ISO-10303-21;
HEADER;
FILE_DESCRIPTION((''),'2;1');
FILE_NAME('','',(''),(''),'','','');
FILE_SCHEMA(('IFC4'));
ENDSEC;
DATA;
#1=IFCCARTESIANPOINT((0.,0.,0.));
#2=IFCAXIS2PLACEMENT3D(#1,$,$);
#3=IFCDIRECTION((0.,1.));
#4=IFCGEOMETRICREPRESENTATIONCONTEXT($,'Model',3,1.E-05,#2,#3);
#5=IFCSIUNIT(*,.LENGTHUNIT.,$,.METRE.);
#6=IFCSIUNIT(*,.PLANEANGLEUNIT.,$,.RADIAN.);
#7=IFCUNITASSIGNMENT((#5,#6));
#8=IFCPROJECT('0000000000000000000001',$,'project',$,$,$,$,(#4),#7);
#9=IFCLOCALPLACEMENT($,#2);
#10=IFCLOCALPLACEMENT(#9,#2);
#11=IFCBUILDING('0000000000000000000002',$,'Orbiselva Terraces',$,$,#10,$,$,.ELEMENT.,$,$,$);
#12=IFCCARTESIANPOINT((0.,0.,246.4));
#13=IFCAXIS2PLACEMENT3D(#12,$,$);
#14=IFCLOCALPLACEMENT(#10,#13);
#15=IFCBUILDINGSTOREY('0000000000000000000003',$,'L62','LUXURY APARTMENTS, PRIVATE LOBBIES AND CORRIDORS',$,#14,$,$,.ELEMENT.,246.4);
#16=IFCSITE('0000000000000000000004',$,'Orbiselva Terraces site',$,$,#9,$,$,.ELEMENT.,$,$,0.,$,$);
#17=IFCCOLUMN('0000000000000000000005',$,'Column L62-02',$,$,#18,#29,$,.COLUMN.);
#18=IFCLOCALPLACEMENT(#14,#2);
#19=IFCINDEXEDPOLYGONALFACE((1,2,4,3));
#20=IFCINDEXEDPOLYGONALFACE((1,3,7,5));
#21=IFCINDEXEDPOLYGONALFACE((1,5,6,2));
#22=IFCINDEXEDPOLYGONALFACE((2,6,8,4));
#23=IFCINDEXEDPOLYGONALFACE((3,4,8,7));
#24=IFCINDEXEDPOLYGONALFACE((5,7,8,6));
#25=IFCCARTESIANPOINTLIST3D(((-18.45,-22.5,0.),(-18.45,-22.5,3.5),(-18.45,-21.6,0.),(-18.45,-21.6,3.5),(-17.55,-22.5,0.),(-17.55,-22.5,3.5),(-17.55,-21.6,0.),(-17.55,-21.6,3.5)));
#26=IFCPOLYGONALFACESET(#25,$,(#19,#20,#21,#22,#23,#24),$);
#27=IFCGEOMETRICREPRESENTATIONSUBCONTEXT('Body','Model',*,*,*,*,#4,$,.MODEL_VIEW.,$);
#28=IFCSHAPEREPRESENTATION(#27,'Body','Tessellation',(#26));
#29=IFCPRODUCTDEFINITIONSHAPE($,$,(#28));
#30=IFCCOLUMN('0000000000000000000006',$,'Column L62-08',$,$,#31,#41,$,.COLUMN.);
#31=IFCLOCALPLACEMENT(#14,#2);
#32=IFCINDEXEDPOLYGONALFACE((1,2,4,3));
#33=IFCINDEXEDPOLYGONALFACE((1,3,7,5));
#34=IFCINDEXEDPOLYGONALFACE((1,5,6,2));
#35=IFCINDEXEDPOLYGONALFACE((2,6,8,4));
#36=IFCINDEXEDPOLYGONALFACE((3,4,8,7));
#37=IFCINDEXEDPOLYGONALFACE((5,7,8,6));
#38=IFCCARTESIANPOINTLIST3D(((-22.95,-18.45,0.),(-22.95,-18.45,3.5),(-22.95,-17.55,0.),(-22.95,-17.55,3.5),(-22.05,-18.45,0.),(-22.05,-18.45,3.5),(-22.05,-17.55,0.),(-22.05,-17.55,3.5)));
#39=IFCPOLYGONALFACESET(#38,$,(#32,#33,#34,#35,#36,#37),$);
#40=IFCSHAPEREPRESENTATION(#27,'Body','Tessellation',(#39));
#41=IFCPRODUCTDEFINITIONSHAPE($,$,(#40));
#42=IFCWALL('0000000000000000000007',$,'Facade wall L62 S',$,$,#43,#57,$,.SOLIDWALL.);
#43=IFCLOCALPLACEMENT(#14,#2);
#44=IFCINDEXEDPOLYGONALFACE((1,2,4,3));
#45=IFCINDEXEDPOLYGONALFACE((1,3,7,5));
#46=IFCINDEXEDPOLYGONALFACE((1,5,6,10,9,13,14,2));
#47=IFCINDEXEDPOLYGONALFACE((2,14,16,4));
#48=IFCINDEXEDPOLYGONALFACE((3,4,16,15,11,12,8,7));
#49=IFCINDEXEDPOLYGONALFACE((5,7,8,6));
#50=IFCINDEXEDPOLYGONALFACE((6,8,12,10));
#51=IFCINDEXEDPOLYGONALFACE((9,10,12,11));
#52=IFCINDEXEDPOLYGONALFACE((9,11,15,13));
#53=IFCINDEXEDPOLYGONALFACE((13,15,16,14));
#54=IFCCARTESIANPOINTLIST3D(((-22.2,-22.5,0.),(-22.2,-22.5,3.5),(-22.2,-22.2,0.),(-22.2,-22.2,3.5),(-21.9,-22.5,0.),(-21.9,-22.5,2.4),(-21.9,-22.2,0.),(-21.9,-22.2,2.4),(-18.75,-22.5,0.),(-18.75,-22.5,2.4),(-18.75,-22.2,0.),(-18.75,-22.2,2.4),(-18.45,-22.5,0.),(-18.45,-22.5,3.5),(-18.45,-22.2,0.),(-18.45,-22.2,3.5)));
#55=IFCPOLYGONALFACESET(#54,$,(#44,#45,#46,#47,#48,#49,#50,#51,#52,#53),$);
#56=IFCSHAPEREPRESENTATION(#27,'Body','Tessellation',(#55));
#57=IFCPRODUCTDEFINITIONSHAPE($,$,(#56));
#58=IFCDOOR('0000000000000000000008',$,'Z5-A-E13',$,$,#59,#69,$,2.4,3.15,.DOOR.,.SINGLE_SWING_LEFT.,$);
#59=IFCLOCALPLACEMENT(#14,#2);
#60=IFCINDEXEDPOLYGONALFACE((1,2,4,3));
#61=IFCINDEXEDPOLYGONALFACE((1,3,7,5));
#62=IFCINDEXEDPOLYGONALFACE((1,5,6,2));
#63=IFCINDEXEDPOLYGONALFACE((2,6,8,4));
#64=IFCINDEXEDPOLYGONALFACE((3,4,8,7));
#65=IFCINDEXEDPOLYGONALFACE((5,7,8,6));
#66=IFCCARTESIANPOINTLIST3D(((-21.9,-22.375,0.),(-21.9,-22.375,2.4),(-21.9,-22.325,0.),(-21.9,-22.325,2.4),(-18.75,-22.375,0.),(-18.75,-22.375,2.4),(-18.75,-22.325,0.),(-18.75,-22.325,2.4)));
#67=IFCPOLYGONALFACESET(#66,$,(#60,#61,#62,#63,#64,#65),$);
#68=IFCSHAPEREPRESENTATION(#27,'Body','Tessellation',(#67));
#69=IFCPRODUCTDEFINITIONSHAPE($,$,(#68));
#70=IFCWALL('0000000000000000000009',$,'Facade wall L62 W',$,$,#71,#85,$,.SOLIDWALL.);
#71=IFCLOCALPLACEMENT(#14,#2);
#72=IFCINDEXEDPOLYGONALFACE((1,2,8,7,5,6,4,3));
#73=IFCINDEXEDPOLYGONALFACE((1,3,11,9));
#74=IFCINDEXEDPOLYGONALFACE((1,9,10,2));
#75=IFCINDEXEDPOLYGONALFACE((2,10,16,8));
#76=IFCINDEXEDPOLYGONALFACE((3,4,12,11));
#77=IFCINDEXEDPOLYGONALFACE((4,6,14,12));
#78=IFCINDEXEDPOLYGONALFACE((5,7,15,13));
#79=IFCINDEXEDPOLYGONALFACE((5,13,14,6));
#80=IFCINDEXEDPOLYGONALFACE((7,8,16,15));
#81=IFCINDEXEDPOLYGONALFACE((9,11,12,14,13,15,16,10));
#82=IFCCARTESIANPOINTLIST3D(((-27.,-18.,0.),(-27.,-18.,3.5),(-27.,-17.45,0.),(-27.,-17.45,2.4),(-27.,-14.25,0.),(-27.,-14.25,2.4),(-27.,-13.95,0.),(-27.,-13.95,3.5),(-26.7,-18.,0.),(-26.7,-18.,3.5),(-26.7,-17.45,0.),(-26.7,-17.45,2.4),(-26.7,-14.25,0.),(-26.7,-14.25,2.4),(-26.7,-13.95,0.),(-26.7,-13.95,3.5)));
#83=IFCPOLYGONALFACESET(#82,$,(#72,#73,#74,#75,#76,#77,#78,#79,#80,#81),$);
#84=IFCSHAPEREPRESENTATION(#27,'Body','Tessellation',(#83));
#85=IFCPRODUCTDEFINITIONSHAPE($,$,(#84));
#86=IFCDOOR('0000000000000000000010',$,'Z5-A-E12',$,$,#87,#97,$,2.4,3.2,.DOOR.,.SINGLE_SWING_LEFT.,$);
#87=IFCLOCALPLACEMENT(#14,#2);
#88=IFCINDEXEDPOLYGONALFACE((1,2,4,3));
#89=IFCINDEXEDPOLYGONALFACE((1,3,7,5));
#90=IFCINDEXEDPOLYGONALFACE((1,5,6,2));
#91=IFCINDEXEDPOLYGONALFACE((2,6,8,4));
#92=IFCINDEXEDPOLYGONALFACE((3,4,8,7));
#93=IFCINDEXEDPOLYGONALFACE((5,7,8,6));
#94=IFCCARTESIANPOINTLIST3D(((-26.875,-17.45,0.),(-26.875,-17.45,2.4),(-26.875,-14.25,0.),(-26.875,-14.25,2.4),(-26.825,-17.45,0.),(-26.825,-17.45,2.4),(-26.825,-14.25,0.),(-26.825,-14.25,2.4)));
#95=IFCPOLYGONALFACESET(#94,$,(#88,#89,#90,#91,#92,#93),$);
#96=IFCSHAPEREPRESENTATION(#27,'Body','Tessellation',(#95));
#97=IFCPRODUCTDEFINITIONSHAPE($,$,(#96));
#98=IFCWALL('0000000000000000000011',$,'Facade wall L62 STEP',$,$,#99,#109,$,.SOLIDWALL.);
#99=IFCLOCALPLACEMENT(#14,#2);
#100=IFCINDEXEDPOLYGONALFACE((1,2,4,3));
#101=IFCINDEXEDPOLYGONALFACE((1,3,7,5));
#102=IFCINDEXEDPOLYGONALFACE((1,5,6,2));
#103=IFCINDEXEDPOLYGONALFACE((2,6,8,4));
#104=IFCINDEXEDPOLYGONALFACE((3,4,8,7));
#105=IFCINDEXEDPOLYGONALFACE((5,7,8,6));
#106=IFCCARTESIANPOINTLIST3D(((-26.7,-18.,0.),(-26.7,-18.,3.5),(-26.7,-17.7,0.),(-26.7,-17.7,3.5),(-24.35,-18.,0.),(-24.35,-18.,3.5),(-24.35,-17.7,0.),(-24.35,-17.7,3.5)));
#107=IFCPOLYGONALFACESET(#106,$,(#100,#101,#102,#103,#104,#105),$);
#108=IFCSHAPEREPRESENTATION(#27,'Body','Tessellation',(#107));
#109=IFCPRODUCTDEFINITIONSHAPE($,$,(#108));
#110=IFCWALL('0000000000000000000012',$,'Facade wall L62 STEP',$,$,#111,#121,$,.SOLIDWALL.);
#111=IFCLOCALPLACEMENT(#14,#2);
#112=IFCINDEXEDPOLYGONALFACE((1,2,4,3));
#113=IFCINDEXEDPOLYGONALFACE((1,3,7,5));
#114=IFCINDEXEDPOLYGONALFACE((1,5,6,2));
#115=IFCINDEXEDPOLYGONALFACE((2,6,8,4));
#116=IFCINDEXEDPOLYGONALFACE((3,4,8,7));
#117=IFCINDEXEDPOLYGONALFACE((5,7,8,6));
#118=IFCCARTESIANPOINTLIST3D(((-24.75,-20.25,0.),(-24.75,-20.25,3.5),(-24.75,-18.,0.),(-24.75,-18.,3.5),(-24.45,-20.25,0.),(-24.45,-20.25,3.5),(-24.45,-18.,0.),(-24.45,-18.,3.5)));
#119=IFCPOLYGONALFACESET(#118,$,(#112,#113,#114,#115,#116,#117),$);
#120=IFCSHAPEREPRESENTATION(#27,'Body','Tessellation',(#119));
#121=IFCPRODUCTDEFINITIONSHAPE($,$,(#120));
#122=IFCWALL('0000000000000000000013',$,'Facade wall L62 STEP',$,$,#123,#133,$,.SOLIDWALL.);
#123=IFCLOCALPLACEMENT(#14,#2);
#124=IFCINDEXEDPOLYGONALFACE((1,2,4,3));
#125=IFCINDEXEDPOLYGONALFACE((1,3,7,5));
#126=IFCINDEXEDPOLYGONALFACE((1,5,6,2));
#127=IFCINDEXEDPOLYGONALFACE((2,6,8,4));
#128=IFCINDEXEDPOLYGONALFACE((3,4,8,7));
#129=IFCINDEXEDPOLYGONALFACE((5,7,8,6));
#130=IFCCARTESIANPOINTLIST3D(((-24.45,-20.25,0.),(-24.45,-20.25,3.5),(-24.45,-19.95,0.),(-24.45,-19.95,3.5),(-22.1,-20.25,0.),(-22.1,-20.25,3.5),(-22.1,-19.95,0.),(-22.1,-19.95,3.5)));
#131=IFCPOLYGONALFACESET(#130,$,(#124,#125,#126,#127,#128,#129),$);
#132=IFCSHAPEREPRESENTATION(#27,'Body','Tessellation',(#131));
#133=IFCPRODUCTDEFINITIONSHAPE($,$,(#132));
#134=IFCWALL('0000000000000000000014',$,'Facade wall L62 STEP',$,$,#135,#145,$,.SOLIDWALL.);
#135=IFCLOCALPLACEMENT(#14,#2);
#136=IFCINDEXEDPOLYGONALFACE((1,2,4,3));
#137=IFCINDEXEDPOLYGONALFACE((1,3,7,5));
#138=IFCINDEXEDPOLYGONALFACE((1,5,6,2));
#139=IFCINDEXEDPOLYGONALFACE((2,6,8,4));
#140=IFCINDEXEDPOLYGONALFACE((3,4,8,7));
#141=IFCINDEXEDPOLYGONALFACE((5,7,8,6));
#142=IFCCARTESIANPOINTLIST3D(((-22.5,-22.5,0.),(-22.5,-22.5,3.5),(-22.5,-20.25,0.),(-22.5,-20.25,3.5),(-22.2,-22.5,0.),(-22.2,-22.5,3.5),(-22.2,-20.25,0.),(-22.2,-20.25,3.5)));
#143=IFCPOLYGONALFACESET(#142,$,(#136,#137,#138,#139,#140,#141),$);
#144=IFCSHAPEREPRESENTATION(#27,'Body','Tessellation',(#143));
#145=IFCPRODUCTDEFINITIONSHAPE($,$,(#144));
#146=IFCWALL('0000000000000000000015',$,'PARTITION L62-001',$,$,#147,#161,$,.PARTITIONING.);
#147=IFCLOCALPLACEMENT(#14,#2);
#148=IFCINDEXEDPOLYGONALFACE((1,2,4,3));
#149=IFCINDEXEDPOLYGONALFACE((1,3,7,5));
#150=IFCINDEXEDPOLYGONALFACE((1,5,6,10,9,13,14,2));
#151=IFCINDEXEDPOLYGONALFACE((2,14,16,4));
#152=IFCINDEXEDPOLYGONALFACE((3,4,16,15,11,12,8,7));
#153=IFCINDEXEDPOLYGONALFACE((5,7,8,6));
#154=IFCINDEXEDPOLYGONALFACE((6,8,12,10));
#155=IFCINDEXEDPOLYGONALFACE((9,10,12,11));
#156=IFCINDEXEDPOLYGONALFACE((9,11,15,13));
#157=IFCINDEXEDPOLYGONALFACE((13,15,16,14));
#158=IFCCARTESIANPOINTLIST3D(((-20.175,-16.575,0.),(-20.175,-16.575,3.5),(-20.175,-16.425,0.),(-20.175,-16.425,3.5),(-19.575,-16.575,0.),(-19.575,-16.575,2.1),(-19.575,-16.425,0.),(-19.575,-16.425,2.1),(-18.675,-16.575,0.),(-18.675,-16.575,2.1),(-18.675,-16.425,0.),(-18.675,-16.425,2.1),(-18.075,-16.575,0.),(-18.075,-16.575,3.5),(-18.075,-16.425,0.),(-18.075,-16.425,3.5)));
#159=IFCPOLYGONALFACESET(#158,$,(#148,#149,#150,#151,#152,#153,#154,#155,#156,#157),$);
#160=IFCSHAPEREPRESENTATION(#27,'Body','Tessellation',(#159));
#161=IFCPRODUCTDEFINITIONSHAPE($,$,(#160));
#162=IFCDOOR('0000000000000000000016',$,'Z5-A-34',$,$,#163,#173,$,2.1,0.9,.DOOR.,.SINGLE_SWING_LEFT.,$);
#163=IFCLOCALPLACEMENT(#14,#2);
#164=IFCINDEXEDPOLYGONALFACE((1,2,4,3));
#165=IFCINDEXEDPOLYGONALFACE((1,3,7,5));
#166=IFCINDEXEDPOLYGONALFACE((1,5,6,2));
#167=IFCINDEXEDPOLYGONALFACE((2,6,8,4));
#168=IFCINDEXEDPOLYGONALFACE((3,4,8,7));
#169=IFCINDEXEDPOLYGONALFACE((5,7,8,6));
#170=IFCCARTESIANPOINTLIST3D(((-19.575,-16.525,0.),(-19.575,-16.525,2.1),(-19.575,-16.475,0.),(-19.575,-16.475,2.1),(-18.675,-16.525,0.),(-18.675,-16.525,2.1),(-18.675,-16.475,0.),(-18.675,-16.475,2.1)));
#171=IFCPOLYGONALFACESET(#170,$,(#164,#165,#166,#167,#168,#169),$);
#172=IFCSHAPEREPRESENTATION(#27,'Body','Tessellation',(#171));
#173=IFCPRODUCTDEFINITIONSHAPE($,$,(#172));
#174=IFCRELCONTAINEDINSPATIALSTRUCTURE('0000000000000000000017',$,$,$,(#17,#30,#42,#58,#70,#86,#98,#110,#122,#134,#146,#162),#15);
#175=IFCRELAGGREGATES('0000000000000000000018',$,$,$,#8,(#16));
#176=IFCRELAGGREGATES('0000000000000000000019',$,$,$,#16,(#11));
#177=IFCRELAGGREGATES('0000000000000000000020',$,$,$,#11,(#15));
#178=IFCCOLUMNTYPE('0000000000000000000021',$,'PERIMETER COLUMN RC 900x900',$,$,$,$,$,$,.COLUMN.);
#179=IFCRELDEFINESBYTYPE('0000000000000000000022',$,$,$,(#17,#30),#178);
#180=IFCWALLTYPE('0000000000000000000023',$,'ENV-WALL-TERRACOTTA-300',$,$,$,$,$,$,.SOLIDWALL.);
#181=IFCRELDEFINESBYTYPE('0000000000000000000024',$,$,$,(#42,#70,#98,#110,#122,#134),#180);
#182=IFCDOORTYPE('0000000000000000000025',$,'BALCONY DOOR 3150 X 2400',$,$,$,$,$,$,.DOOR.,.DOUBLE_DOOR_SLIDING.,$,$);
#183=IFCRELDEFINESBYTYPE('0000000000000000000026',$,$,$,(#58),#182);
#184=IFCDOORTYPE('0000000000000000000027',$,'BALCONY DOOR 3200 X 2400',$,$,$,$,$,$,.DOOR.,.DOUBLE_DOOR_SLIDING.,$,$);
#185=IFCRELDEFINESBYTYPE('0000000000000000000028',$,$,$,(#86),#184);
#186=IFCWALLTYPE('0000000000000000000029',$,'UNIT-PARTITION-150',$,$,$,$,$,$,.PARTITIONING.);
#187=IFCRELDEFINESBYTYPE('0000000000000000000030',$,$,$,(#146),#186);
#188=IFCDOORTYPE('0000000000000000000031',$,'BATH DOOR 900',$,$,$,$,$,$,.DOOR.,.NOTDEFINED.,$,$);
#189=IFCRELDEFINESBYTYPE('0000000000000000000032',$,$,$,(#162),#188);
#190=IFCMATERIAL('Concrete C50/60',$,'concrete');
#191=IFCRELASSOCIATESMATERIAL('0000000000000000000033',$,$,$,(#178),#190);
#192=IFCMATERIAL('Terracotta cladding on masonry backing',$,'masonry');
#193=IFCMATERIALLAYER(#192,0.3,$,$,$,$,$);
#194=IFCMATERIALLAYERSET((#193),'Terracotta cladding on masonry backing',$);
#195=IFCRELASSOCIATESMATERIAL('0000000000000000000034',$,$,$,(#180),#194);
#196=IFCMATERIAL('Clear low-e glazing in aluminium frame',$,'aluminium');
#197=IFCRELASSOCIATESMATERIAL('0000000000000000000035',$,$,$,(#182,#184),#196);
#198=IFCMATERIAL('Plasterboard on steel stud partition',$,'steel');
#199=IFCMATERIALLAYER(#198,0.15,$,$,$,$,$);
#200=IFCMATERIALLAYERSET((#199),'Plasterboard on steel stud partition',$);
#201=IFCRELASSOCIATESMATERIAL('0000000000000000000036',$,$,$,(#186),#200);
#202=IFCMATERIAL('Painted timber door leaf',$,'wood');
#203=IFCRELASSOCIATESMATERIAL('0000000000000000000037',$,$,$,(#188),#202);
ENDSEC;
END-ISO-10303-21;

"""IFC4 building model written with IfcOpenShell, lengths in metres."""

from ifc_helpers import new_model, si_unit, direction, frame, frame_2d, origin, origin_2d, place, context, subcontext, project, spatial, rectangle, extrude, material, layer, layer_set, material_profile, profile_set, type_object, element, fill, save


model = new_model("IFC4")

# Units and contexts
model_context = context("Model", 3, precision=1e-05, world=origin(), true_north=direction((0.0, 1.0)))
body_context = subcontext(model_context, "Body", "Model", "MODEL_VIEW")
ifc_project = project(units=[si_unit("LENGTHUNIT", "METRE"), si_unit("PLANEANGLEUNIT", "RADIAN")], contexts=[model_context])

# Site, building, storey
site_placement = place(None, origin())
site = spatial("IfcSite", under=ifc_project, at=site_placement, Name="Orbiselva Terraces site", CompositionType="ELEMENT", RefElevation=0.0)
building_placement = place(site_placement, origin())
building = spatial("IfcBuilding", under=site, at=building_placement, Name="Orbiselva Terraces", CompositionType="ELEMENT")
storey_placement = place(building_placement, frame((0.0, 0.0, 246.4)))
storey = spatial("IfcBuildingStorey", under=building, at=storey_placement, Name="L62", Description="LUXURY APARTMENTS, PRIVATE LOBBIES AND CORRIDORS", CompositionType="ELEMENT", Elevation=246.4)

# Columns
ifc_material_1 = material(Name="Concrete C50/60", Category="concrete")
ifc_material_profile = material_profile(ifc_material_1, rectangle(XDim=0.9, YDim=0.9, at=origin_2d()), Name="RC 900x900")
ifc_profile_set = profile_set([ifc_material_profile], Name="Concrete C50/60")
column_type = type_object("IfcColumnType", Name="PERIMETER COLUMN RC 900x900", PredefinedType="COLUMN", material=ifc_profile_set)
for number, where, z_axis, x_axis, name in (
    (1, (-18.0, -22.05, 0.0), (0.0, 0.0, 1.0), (1.0, 0.0, 0.0), "Column L62-02"),
    (2, (-22.5, -18.0, 0.0), (0.0, 0.0, 1.0), (1.0, 0.0, 0.0), "Column L62-08"),
):
    element("IfcColumn", number, at=place(storey_placement, frame(where, z_axis=z_axis, x_axis=x_axis)), inside=storey, type_object=column_type, Name=name, PredefinedType="COLUMN", context=body_context, shape_type="SweptSolid", body=[
        extrude(rectangle(XDim=0.9, YDim=0.9, at=origin_2d()), origin(), (0.0, 0.0, 1.0), 3.5),
    ])

# Walls, openings, doors
ifc_material_2 = material(Name="Terracotta cladding on masonry backing", Category="masonry")
ifc_layer_1 = layer(ifc_material_2, 0.3)
ifc_layer_set_1 = layer_set([ifc_layer_1], Name="Terracotta cladding on masonry backing")
wall_type_1 = type_object("IfcWallType", Name="ENV-WALL-TERRACOTTA-300", PredefinedType="SOLIDWALL", material=ifc_layer_set_1)
wall_1_placement = place(storey_placement, frame((-18.45, -22.35, 0.0), z_axis=(0.0, 0.0, 1.0), x_axis=(-1.0, 0.0, 0.0)))
wall_1 = element("IfcWall", 3, at=wall_1_placement, inside=storey, type_object=wall_type_1, Name="Facade wall L62 S", PredefinedType="SOLIDWALL", context=body_context, shape_type="SweptSolid", body=[
    extrude(rectangle(XDim=3.75, YDim=0.3, at=frame_2d((1.875, 0.0))), origin(), (0.0, 0.0, 1.0), 3.5),
])
opening_1_placement = place(wall_1_placement, frame((0.3, 0.0, 0.0)))
opening_1 = element("IfcOpeningElement", 4, at=opening_1_placement, cuts=wall_1, PredefinedType="OPENING", context=body_context, shape_type="SweptSolid", body=[
    extrude(rectangle(XDim=3.15, YDim=2.4, at=frame_2d((1.575, 1.2))), frame((0.0, 0.16, 0.0), z_axis=(0.0, -1.0, 0.0), x_axis=(1.0, 0.0, 0.0)), (0.0, 0.0, 1.0), 0.32),
])
ifc_material_3 = material(Name="Clear low-e glazing in aluminium frame", Category="aluminium")
door_type_1 = type_object("IfcDoorType", Name="BALCONY DOOR 3150 X 2400", OperationType="DOUBLE_DOOR_SLIDING", PredefinedType="DOOR", material=ifc_material_3)
door_1_placement = place(opening_1_placement, origin())
door_1 = element("IfcDoor", 5, at=door_1_placement, inside=storey, type_object=door_type_1, Name="Z5-A-E13", OperationType="SINGLE_SWING_LEFT", OverallHeight=2.4, OverallWidth=3.15, PredefinedType="DOOR", context=body_context, shape_type="SweptSolid", body=[
    extrude(rectangle(XDim=3.15, YDim=2.4, at=frame_2d((1.575, 1.2))), frame((0.0, 0.025, 0.0), z_axis=(0.0, -1.0, 0.0), x_axis=(1.0, 0.0, 0.0)), (0.0, 0.0, 1.0), 0.05),
])
fill(opening_1, door_1)
wall_2_placement = place(storey_placement, frame((-26.85, -18.0, 0.0), z_axis=(0.0, 0.0, 1.0), x_axis=(0.0, 1.0, 0.0)))
wall_2 = element("IfcWall", 6, at=wall_2_placement, inside=storey, type_object=wall_type_1, Name="Facade wall L62 W", PredefinedType="SOLIDWALL", context=body_context, shape_type="SweptSolid", body=[
    extrude(rectangle(XDim=4.05, YDim=0.3, at=frame_2d((2.025, 0.0))), origin(), (0.0, 0.0, 1.0), 3.5),
])
opening_2_placement = place(wall_2_placement, frame((0.55, 0.0, 0.0)))
opening_2 = element("IfcOpeningElement", 7, at=opening_2_placement, cuts=wall_2, PredefinedType="OPENING", context=body_context, shape_type="SweptSolid", body=[
    extrude(rectangle(XDim=3.2, YDim=2.4, at=frame_2d((1.6, 1.2))), frame((0.0, 0.16, 0.0), z_axis=(0.0, -1.0, 0.0), x_axis=(1.0, 0.0, 0.0)), (0.0, 0.0, 1.0), 0.32),
])
door_type_2 = type_object("IfcDoorType", Name="BALCONY DOOR 3200 X 2400", OperationType="DOUBLE_DOOR_SLIDING", PredefinedType="DOOR", material=ifc_material_3)
door_2_placement = place(opening_2_placement, origin())
door_2 = element("IfcDoor", 8, at=door_2_placement, inside=storey, type_object=door_type_2, Name="Z5-A-E12", OperationType="SINGLE_SWING_LEFT", OverallHeight=2.4, OverallWidth=3.2, PredefinedType="DOOR", context=body_context, shape_type="SweptSolid", body=[
    extrude(rectangle(XDim=3.2, YDim=2.4, at=frame_2d((1.6, 1.2))), frame((0.0, 0.025, 0.0), z_axis=(0.0, -1.0, 0.0), x_axis=(1.0, 0.0, 0.0)), (0.0, 0.0, 1.0), 0.05),
])
fill(opening_2, door_2)

# Walls
wall_3_placement = place(storey_placement, frame((-24.35, -17.85, 0.0), z_axis=(0.0, 0.0, 1.0), x_axis=(-1.0, 0.0, 0.0)))
element("IfcWall", 9, at=wall_3_placement, inside=storey, type_object=wall_type_1, Name="Facade wall L62 STEP", PredefinedType="SOLIDWALL", context=body_context, shape_type="SweptSolid", body=[
    extrude(rectangle(XDim=2.35, YDim=0.3, at=frame_2d((1.175, 0.0))), origin(), (0.0, 0.0, 1.0), 3.5),
])
wall_4_placement = place(storey_placement, frame((-24.6, -20.25, 0.0), z_axis=(0.0, 0.0, 1.0), x_axis=(0.0, 1.0, 0.0)))
element("IfcWall", 10, at=wall_4_placement, inside=storey, type_object=wall_type_1, Name="Facade wall L62 STEP", PredefinedType="SOLIDWALL", context=body_context, shape_type="SweptSolid", body=[
    extrude(rectangle(XDim=2.25, YDim=0.3, at=frame_2d((1.125, 0.0))), origin(), (0.0, 0.0, 1.0), 3.5),
])
wall_5_placement = place(storey_placement, frame((-22.1, -20.1, 0.0), z_axis=(0.0, 0.0, 1.0), x_axis=(-1.0, 0.0, 0.0)))
element("IfcWall", 11, at=wall_5_placement, inside=storey, type_object=wall_type_1, Name="Facade wall L62 STEP", PredefinedType="SOLIDWALL", context=body_context, shape_type="SweptSolid", body=[
    extrude(rectangle(XDim=2.35, YDim=0.3, at=frame_2d((1.175, 0.0))), origin(), (0.0, 0.0, 1.0), 3.5),
])
wall_6_placement = place(storey_placement, frame((-22.35, -22.5, 0.0), z_axis=(0.0, 0.0, 1.0), x_axis=(0.0, 1.0, 0.0)))
element("IfcWall", 12, at=wall_6_placement, inside=storey, type_object=wall_type_1, Name="Facade wall L62 STEP", PredefinedType="SOLIDWALL", context=body_context, shape_type="SweptSolid", body=[
    extrude(rectangle(XDim=2.25, YDim=0.3, at=frame_2d((1.125, 0.0))), origin(), (0.0, 0.0, 1.0), 3.5),
])

# Wall, opening, door
ifc_material_4 = material(Name="Plasterboard on steel stud partition", Category="steel")
ifc_layer_2 = layer(ifc_material_4, 0.15)
ifc_layer_set_2 = layer_set([ifc_layer_2], Name="Plasterboard on steel stud partition")
wall_type_2 = type_object("IfcWallType", Name="UNIT-PARTITION-150", PredefinedType="PARTITIONING", material=ifc_layer_set_2)
wall_7_placement = place(storey_placement, frame((-20.175, -16.5, 0.0), z_axis=(0.0, 0.0, 1.0), x_axis=(1.0, 0.0, 0.0)))
wall_7 = element("IfcWall", 13, at=wall_7_placement, inside=storey, type_object=wall_type_2, Name="PARTITION L62-001", PredefinedType="PARTITIONING", context=body_context, shape_type="SweptSolid", body=[
    extrude(rectangle(XDim=2.1, YDim=0.15, at=frame_2d((1.05, 0.0))), origin(), (0.0, 0.0, 1.0), 3.5),
])
opening_3_placement = place(wall_7_placement, frame((0.6, 0.0, 0.0)))
opening_3 = element("IfcOpeningElement", 14, at=opening_3_placement, cuts=wall_7, PredefinedType="OPENING", context=body_context, shape_type="SweptSolid", body=[
    extrude(rectangle(XDim=0.9, YDim=2.1, at=frame_2d((0.45, 1.05))), frame((0.0, 0.085, 0.0), z_axis=(0.0, -1.0, 0.0), x_axis=(1.0, 0.0, 0.0)), (0.0, 0.0, 1.0), 0.17),
])
ifc_material_5 = material(Name="Painted timber door leaf", Category="wood")
door_type_3 = type_object("IfcDoorType", Name="BATH DOOR 900", OperationType="NOTDEFINED", PredefinedType="DOOR", material=ifc_material_5)
door_3_placement = place(opening_3_placement, origin())
door_3 = element("IfcDoor", 15, at=door_3_placement, inside=storey, type_object=door_type_3, Name="Z5-A-34", OperationType="SINGLE_SWING_LEFT", OverallHeight=2.1, OverallWidth=0.9, PredefinedType="DOOR", context=body_context, shape_type="SweptSolid", body=[
    extrude(rectangle(XDim=0.9, YDim=2.1, at=frame_2d((0.45, 1.05))), frame((0.0, 0.025, 0.0), z_axis=(0.0, -1.0, 0.0), x_axis=(1.0, 0.0, 0.0)), (0.0, 0.0, 1.0), 0.05),
])
fill(opening_3, door_3)

save(model, "model.ifc")
